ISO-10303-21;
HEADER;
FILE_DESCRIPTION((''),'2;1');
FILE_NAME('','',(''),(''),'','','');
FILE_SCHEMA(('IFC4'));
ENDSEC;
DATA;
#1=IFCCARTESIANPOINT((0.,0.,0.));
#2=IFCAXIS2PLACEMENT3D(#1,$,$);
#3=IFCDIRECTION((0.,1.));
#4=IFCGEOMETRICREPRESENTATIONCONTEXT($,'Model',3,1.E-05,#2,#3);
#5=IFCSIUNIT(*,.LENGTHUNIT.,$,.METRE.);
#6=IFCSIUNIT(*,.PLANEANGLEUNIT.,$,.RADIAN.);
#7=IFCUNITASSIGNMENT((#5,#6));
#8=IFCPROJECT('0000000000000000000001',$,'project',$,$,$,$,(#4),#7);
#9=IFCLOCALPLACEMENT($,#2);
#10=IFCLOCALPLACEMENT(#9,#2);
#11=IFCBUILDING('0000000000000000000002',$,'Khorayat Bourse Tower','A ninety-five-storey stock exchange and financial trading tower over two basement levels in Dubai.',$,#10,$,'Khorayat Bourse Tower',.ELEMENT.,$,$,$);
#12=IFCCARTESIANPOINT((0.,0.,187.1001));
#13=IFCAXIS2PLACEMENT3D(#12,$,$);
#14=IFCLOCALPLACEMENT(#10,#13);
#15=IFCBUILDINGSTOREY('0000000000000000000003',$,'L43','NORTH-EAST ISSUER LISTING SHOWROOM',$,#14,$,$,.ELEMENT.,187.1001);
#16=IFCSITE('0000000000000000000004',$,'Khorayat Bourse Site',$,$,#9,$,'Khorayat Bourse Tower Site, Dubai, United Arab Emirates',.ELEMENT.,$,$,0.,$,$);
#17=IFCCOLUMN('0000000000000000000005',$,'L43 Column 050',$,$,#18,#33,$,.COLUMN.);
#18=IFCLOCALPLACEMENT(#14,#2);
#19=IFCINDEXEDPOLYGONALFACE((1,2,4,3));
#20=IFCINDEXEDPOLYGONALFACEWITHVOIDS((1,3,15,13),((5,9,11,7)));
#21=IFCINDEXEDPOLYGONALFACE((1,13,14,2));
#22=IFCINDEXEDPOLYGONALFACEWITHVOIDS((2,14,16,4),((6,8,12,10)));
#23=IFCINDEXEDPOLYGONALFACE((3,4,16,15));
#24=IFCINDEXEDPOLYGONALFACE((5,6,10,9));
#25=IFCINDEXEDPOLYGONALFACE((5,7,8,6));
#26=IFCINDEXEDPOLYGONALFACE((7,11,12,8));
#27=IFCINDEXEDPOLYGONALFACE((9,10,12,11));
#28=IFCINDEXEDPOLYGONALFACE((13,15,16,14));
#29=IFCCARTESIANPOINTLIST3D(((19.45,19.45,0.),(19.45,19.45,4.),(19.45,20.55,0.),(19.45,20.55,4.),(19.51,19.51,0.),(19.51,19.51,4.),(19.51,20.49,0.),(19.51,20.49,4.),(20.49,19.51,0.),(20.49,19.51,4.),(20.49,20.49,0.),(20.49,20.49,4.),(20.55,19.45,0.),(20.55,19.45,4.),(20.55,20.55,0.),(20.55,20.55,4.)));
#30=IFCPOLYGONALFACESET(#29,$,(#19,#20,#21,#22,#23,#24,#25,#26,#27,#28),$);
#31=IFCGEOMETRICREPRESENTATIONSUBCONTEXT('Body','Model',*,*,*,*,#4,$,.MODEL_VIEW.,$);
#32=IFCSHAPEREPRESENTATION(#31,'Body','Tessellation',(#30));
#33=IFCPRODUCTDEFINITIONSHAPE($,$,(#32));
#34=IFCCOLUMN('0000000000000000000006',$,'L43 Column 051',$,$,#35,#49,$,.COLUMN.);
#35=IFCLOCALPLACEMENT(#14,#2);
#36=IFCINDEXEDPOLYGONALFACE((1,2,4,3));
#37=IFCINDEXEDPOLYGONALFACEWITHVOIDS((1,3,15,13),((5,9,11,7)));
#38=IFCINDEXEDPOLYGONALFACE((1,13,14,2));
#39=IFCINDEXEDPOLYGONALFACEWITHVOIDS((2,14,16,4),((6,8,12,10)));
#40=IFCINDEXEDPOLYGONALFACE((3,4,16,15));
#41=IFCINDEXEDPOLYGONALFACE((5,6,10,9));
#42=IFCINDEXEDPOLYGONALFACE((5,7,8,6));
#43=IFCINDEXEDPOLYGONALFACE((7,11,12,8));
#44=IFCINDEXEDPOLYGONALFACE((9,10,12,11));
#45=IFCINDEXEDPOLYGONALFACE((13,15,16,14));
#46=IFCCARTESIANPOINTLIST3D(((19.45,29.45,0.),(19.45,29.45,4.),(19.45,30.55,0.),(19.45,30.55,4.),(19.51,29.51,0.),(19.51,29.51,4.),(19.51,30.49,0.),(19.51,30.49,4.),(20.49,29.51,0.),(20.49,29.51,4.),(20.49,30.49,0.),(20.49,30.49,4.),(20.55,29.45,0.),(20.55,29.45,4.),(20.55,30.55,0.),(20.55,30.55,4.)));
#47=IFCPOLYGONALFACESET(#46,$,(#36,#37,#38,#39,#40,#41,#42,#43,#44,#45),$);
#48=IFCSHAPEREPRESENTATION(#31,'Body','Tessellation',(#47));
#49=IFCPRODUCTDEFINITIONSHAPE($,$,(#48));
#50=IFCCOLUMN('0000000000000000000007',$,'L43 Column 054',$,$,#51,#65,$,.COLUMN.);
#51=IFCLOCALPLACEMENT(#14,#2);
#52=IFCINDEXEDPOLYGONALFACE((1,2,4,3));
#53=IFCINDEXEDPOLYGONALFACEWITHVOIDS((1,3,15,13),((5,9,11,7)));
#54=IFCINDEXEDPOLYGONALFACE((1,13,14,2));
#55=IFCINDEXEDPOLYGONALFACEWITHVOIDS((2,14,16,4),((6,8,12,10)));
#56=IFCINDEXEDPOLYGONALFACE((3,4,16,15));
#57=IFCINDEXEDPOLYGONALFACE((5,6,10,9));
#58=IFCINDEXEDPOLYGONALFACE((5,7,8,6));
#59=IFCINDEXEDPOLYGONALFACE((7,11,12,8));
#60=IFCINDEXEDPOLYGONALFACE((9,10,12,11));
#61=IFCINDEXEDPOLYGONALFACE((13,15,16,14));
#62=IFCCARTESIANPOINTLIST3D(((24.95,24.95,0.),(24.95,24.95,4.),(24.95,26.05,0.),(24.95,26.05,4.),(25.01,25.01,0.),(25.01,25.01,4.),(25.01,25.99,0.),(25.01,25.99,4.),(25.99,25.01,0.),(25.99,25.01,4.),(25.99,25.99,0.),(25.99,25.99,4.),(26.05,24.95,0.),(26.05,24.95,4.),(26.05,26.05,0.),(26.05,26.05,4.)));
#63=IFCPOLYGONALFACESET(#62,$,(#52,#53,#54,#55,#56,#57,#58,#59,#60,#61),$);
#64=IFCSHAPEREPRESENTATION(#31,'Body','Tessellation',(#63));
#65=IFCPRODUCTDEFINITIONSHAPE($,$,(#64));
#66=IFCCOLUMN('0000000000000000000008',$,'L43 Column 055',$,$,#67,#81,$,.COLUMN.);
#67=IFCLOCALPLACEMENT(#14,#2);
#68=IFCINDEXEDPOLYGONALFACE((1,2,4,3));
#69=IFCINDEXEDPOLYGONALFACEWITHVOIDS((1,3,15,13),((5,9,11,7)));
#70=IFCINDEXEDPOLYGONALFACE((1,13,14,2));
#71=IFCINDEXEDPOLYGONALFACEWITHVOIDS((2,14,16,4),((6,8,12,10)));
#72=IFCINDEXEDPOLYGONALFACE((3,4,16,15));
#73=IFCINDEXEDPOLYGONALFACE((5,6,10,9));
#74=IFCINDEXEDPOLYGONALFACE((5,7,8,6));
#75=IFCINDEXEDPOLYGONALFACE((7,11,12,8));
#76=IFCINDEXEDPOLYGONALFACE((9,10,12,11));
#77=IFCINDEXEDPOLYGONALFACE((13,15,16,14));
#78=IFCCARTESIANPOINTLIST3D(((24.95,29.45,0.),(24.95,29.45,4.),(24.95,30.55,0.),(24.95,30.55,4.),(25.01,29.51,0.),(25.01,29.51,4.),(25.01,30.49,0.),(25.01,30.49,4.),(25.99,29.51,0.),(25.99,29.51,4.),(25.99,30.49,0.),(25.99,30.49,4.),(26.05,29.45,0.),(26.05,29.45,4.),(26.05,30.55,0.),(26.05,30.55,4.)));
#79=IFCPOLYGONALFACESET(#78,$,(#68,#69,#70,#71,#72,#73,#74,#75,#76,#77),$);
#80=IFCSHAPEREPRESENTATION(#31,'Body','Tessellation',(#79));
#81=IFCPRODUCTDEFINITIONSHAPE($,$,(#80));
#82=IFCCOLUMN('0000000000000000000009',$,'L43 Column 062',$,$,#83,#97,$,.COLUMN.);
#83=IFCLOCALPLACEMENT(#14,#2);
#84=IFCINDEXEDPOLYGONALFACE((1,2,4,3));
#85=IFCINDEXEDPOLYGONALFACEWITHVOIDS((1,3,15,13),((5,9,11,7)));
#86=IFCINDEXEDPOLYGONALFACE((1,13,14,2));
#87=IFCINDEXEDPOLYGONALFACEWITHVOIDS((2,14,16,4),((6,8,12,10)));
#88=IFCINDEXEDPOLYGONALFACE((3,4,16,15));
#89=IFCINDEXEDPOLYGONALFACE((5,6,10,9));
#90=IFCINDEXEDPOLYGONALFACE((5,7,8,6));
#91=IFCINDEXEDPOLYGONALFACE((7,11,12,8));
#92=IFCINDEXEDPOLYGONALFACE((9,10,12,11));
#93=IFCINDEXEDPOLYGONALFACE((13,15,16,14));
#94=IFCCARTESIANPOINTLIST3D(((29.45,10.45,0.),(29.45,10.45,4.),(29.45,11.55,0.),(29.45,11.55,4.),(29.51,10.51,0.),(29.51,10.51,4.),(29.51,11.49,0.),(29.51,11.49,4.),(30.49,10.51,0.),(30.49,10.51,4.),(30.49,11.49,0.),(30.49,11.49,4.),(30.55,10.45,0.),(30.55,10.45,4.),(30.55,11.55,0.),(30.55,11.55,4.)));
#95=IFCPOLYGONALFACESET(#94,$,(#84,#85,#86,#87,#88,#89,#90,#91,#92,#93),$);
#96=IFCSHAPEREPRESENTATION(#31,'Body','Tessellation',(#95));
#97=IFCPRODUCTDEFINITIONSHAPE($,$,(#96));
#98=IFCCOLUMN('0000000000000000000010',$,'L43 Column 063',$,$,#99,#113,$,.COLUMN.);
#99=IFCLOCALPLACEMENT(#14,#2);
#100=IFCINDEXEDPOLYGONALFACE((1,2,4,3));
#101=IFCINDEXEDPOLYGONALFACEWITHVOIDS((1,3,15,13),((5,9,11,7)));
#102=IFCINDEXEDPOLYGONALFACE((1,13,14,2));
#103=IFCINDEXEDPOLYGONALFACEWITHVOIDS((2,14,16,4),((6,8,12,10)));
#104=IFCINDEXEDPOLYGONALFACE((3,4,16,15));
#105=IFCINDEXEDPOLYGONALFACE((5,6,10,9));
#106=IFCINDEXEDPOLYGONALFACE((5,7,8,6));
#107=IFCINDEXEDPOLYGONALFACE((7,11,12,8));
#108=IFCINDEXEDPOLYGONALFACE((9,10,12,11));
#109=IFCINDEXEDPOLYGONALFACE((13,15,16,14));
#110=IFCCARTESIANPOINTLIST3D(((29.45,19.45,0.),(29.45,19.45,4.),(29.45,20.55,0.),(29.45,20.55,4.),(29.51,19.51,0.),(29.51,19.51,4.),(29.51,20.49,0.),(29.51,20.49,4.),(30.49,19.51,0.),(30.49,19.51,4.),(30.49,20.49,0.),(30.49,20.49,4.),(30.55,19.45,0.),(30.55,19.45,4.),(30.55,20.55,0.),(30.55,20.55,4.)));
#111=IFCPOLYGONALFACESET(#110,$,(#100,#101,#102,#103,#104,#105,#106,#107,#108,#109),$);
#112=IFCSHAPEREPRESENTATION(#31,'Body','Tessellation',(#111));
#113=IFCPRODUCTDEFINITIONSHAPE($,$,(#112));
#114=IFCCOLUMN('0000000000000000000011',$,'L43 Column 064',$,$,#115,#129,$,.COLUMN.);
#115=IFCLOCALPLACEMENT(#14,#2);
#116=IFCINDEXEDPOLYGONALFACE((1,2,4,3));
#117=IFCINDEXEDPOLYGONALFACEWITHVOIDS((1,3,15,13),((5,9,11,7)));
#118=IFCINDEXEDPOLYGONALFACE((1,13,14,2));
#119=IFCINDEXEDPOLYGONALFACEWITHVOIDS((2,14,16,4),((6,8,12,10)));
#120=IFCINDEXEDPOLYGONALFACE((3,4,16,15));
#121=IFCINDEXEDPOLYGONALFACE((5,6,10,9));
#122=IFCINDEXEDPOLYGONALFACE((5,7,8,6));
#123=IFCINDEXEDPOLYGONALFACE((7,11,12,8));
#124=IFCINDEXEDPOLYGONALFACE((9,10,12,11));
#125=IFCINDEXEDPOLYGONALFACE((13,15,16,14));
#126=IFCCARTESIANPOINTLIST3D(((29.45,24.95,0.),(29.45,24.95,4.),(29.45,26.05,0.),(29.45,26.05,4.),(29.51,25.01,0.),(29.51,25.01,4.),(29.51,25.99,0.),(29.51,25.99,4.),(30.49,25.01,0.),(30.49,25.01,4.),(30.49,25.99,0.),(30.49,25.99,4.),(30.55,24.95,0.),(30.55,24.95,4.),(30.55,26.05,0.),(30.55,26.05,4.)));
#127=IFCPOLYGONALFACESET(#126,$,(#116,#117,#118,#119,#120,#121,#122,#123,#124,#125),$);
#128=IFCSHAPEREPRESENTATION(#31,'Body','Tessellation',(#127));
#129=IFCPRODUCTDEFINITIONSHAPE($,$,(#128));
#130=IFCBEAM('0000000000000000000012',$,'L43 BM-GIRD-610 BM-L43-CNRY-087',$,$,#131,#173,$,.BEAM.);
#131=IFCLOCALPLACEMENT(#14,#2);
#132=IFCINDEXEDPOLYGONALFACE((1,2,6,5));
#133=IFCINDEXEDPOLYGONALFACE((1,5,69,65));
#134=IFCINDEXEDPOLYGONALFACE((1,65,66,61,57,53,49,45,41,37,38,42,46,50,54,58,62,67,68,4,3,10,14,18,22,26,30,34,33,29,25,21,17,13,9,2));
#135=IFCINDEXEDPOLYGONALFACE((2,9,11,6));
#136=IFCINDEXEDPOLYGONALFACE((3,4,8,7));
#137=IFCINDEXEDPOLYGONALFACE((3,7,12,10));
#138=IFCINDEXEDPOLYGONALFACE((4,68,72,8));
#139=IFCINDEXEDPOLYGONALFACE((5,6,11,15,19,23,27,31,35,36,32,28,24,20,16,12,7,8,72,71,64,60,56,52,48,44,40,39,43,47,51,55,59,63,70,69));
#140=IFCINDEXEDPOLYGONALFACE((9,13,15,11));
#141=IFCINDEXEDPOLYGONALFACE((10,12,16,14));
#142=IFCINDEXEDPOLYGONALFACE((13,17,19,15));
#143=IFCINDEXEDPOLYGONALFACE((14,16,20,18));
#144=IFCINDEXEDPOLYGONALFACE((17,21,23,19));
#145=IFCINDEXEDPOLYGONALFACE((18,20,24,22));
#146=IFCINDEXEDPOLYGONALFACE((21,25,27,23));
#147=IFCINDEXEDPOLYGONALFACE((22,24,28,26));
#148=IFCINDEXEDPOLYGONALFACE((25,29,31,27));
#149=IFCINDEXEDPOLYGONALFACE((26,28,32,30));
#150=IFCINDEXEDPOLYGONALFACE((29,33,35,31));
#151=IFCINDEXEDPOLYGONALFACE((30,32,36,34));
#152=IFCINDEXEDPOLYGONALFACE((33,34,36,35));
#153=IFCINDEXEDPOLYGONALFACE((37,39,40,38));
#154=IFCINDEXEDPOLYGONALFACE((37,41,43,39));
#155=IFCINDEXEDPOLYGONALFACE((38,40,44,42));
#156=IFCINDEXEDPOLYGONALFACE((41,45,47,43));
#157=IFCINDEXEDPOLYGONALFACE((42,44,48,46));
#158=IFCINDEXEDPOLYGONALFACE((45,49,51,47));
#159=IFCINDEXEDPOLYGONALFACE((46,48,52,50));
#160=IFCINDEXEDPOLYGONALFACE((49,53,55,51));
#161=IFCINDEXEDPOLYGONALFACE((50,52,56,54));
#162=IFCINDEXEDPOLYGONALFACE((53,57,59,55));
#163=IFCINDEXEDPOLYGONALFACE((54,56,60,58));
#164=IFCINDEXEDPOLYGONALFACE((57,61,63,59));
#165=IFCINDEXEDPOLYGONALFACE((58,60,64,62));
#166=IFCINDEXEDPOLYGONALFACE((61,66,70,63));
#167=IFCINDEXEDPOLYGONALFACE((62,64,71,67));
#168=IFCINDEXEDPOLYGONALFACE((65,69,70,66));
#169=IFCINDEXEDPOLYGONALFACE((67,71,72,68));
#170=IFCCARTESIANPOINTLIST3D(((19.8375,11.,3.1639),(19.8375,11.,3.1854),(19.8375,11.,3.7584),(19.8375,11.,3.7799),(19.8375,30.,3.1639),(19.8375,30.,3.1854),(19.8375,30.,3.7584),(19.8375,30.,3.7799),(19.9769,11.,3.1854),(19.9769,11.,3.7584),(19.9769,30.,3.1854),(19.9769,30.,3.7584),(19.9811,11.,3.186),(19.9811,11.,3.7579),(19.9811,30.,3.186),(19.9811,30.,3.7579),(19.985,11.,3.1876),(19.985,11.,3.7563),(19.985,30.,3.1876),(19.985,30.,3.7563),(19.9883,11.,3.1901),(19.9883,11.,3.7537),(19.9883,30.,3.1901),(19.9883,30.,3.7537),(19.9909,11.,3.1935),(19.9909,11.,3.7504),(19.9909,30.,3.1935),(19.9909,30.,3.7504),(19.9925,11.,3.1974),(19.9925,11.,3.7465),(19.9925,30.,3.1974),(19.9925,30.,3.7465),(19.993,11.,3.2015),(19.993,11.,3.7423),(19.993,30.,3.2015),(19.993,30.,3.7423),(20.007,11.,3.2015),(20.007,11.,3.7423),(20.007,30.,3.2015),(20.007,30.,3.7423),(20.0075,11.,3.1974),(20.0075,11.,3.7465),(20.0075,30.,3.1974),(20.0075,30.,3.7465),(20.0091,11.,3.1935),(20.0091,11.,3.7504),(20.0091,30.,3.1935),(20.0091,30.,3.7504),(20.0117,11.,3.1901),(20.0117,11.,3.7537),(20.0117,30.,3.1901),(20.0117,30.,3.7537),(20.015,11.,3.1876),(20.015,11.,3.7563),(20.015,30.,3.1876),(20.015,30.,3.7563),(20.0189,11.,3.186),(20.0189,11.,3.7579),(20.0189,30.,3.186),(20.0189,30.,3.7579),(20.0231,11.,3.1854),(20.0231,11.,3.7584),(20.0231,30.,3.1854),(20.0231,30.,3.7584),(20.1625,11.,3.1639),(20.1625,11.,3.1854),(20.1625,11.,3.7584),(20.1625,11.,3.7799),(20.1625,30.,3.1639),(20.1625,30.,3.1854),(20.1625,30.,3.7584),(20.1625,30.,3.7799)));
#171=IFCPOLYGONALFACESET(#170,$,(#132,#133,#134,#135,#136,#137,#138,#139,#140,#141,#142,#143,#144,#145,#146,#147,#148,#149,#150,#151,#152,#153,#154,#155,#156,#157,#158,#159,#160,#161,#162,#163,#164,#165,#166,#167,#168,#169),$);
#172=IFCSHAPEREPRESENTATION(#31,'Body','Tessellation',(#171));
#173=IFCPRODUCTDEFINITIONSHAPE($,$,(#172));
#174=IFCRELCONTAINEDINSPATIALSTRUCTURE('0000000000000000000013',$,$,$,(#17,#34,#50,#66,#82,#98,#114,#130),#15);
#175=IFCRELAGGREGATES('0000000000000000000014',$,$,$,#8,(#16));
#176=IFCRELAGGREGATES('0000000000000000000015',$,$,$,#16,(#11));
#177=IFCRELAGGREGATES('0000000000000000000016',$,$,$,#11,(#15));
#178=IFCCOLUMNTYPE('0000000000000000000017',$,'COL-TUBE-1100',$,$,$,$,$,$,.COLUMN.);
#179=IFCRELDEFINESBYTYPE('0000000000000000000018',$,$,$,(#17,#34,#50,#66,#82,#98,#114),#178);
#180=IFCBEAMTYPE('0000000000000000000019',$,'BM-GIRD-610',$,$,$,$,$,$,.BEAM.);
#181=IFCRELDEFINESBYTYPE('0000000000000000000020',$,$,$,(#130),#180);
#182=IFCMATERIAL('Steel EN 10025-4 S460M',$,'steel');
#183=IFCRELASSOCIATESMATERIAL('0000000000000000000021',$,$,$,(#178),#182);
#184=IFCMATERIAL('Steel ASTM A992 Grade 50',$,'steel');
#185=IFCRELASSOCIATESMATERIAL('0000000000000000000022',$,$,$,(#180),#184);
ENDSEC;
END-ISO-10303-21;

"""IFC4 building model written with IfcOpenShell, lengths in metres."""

from ifc_helpers import new_model, si_unit, direction, frame, origin, origin_2d, place, context, subcontext, project, spatial, hollow_rectangle, i_section, extrude, source, transform, mapped, material, material_profile, profile_set, type_object, element, save


model = new_model("IFC4")

# Units and contexts
model_context = context("Model", 3, precision=1e-05, world=origin(), true_north=direction((0.0, 1.0)))
body_context = subcontext(model_context, "Body", "Model", "MODEL_VIEW")
ifc_project = project(units=[si_unit("LENGTHUNIT", "METRE"), si_unit("PLANEANGLEUNIT", "RADIAN")], contexts=[model_context])

# Site, building, storey
site_placement = place(None, origin())
site = spatial("IfcSite", under=ifc_project, at=site_placement, Name="Khorayat Bourse Site", LongName="Khorayat Bourse Tower Site, Dubai, United Arab Emirates", CompositionType="ELEMENT", RefElevation=0.0)
building_placement = place(site_placement, origin())
building = spatial("IfcBuilding", under=site, at=building_placement, Name="Khorayat Bourse Tower", Description="A ninety-five-storey stock exchange and financial trading tower over two basement levels in Dubai.", LongName="Khorayat Bourse Tower", CompositionType="ELEMENT")
storey_placement = place(building_placement, frame((0.0, 0.0, 187.1001)))
storey = spatial("IfcBuildingStorey", under=building, at=storey_placement, Name="L43", Description="NORTH-EAST ISSUER LISTING SHOWROOM", CompositionType="ELEMENT", Elevation=187.1001)

# Columns
ifc_material_1 = material(Name="Steel EN 10025-4 S460M", Category="steel")
ifc_material_profile_1 = material_profile(ifc_material_1, hollow_rectangle(XDim=1.1001, YDim=1.1001, WallThickness=0.0601, at=origin_2d()), Name="BOX 1100x1100x60")
ifc_profile_set_1 = profile_set([ifc_material_profile_1], Name="Steel EN 10025-4 S460M")
column_type = type_object("IfcColumnType", Name="COL-TUBE-1100", PredefinedType="COLUMN", material=ifc_profile_set_1)
shared_shape_1 = source(origin(), body_context, "Body", "SweptSolid", [
    extrude(hollow_rectangle(XDim=1.1001, YDim=1.1001, WallThickness=0.0601, at=origin_2d()), origin(), (0.0, 0.0, 1.0), 4.0),
])
for number, where, z_axis, x_axis, name in (
    (1, (20.0, 20.0, 0.0), (0.0, 0.0, 1.0), (1.0, 0.0, 0.0), "L43 Column 050"),
    (2, (20.0, 30.0, 0.0), (0.0, 0.0, 1.0), (1.0, 0.0, 0.0), "L43 Column 051"),
    (3, (25.5, 25.5, 0.0), (0.0, 0.0, 1.0), (1.0, 0.0, 0.0), "L43 Column 054"),
    (4, (25.5, 30.0, 0.0), (0.0, 0.0, 1.0), (1.0, 0.0, 0.0), "L43 Column 055"),
    (5, (30.0, 11.0, 0.0), (0.0, 0.0, 1.0), (1.0, 0.0, 0.0), "L43 Column 062"),
    (6, (30.0, 20.0, 0.0), (0.0, 0.0, 1.0), (1.0, 0.0, 0.0), "L43 Column 063"),
    (7, (30.0, 25.5, 0.0), (0.0, 0.0, 1.0), (1.0, 0.0, 0.0), "L43 Column 064"),
):
    element("IfcColumn", number, at=place(storey_placement, frame(where, z_axis=z_axis, x_axis=x_axis)), inside=storey, type_object=column_type, Name=name, PredefinedType="COLUMN", context=body_context, shape_type="MappedRepresentation", body=[
        mapped(shared_shape_1, transform((0.0, 0.0, 0.0), scale=1.0)),
    ])

# Beam
ifc_material_2 = material(Name="Steel ASTM A992 Grade 50", Category="steel")
ifc_material_profile_2 = material_profile(ifc_material_2, i_section(OverallWidth=0.325, OverallDepth=0.616, WebThickness=0.0139, FlangeThickness=0.0215, FilletRadius=0.0161, at=origin_2d()), Name="W610X174")
ifc_profile_set_2 = profile_set([ifc_material_profile_2], Name="Steel ASTM A992 Grade 50")
beam_type_1 = type_object("IfcBeamType", Name="BM-GIRD-610", PredefinedType="BEAM", material=ifc_profile_set_2)
shared_shape_2 = source(origin(), body_context, "Body", "SweptSolid", [
    extrude(i_section(OverallWidth=0.325, OverallDepth=0.616, WebThickness=0.0139, FlangeThickness=0.0215, FilletRadius=0.0161, at=origin_2d()), origin(), (0.0, 0.0, 1.0), 19.0),
])
beam_1_placement = place(storey_placement, frame((20.0, 11.0, 3.4719), z_axis=(0.0, 1.0, 0.0), x_axis=(-1.0, 0.0, 0.0)))
element("IfcBeam", 8, at=beam_1_placement, inside=storey, type_object=beam_type_1, Name="L43 BM-GIRD-610 BM-L43-CNRY-087", PredefinedType="BEAM", context=body_context, shape_type="MappedRepresentation", body=[
    mapped(shared_shape_2, transform((0.0, 0.0, 0.0), scale=1.0)),
])

save(model, "model.ifc")
